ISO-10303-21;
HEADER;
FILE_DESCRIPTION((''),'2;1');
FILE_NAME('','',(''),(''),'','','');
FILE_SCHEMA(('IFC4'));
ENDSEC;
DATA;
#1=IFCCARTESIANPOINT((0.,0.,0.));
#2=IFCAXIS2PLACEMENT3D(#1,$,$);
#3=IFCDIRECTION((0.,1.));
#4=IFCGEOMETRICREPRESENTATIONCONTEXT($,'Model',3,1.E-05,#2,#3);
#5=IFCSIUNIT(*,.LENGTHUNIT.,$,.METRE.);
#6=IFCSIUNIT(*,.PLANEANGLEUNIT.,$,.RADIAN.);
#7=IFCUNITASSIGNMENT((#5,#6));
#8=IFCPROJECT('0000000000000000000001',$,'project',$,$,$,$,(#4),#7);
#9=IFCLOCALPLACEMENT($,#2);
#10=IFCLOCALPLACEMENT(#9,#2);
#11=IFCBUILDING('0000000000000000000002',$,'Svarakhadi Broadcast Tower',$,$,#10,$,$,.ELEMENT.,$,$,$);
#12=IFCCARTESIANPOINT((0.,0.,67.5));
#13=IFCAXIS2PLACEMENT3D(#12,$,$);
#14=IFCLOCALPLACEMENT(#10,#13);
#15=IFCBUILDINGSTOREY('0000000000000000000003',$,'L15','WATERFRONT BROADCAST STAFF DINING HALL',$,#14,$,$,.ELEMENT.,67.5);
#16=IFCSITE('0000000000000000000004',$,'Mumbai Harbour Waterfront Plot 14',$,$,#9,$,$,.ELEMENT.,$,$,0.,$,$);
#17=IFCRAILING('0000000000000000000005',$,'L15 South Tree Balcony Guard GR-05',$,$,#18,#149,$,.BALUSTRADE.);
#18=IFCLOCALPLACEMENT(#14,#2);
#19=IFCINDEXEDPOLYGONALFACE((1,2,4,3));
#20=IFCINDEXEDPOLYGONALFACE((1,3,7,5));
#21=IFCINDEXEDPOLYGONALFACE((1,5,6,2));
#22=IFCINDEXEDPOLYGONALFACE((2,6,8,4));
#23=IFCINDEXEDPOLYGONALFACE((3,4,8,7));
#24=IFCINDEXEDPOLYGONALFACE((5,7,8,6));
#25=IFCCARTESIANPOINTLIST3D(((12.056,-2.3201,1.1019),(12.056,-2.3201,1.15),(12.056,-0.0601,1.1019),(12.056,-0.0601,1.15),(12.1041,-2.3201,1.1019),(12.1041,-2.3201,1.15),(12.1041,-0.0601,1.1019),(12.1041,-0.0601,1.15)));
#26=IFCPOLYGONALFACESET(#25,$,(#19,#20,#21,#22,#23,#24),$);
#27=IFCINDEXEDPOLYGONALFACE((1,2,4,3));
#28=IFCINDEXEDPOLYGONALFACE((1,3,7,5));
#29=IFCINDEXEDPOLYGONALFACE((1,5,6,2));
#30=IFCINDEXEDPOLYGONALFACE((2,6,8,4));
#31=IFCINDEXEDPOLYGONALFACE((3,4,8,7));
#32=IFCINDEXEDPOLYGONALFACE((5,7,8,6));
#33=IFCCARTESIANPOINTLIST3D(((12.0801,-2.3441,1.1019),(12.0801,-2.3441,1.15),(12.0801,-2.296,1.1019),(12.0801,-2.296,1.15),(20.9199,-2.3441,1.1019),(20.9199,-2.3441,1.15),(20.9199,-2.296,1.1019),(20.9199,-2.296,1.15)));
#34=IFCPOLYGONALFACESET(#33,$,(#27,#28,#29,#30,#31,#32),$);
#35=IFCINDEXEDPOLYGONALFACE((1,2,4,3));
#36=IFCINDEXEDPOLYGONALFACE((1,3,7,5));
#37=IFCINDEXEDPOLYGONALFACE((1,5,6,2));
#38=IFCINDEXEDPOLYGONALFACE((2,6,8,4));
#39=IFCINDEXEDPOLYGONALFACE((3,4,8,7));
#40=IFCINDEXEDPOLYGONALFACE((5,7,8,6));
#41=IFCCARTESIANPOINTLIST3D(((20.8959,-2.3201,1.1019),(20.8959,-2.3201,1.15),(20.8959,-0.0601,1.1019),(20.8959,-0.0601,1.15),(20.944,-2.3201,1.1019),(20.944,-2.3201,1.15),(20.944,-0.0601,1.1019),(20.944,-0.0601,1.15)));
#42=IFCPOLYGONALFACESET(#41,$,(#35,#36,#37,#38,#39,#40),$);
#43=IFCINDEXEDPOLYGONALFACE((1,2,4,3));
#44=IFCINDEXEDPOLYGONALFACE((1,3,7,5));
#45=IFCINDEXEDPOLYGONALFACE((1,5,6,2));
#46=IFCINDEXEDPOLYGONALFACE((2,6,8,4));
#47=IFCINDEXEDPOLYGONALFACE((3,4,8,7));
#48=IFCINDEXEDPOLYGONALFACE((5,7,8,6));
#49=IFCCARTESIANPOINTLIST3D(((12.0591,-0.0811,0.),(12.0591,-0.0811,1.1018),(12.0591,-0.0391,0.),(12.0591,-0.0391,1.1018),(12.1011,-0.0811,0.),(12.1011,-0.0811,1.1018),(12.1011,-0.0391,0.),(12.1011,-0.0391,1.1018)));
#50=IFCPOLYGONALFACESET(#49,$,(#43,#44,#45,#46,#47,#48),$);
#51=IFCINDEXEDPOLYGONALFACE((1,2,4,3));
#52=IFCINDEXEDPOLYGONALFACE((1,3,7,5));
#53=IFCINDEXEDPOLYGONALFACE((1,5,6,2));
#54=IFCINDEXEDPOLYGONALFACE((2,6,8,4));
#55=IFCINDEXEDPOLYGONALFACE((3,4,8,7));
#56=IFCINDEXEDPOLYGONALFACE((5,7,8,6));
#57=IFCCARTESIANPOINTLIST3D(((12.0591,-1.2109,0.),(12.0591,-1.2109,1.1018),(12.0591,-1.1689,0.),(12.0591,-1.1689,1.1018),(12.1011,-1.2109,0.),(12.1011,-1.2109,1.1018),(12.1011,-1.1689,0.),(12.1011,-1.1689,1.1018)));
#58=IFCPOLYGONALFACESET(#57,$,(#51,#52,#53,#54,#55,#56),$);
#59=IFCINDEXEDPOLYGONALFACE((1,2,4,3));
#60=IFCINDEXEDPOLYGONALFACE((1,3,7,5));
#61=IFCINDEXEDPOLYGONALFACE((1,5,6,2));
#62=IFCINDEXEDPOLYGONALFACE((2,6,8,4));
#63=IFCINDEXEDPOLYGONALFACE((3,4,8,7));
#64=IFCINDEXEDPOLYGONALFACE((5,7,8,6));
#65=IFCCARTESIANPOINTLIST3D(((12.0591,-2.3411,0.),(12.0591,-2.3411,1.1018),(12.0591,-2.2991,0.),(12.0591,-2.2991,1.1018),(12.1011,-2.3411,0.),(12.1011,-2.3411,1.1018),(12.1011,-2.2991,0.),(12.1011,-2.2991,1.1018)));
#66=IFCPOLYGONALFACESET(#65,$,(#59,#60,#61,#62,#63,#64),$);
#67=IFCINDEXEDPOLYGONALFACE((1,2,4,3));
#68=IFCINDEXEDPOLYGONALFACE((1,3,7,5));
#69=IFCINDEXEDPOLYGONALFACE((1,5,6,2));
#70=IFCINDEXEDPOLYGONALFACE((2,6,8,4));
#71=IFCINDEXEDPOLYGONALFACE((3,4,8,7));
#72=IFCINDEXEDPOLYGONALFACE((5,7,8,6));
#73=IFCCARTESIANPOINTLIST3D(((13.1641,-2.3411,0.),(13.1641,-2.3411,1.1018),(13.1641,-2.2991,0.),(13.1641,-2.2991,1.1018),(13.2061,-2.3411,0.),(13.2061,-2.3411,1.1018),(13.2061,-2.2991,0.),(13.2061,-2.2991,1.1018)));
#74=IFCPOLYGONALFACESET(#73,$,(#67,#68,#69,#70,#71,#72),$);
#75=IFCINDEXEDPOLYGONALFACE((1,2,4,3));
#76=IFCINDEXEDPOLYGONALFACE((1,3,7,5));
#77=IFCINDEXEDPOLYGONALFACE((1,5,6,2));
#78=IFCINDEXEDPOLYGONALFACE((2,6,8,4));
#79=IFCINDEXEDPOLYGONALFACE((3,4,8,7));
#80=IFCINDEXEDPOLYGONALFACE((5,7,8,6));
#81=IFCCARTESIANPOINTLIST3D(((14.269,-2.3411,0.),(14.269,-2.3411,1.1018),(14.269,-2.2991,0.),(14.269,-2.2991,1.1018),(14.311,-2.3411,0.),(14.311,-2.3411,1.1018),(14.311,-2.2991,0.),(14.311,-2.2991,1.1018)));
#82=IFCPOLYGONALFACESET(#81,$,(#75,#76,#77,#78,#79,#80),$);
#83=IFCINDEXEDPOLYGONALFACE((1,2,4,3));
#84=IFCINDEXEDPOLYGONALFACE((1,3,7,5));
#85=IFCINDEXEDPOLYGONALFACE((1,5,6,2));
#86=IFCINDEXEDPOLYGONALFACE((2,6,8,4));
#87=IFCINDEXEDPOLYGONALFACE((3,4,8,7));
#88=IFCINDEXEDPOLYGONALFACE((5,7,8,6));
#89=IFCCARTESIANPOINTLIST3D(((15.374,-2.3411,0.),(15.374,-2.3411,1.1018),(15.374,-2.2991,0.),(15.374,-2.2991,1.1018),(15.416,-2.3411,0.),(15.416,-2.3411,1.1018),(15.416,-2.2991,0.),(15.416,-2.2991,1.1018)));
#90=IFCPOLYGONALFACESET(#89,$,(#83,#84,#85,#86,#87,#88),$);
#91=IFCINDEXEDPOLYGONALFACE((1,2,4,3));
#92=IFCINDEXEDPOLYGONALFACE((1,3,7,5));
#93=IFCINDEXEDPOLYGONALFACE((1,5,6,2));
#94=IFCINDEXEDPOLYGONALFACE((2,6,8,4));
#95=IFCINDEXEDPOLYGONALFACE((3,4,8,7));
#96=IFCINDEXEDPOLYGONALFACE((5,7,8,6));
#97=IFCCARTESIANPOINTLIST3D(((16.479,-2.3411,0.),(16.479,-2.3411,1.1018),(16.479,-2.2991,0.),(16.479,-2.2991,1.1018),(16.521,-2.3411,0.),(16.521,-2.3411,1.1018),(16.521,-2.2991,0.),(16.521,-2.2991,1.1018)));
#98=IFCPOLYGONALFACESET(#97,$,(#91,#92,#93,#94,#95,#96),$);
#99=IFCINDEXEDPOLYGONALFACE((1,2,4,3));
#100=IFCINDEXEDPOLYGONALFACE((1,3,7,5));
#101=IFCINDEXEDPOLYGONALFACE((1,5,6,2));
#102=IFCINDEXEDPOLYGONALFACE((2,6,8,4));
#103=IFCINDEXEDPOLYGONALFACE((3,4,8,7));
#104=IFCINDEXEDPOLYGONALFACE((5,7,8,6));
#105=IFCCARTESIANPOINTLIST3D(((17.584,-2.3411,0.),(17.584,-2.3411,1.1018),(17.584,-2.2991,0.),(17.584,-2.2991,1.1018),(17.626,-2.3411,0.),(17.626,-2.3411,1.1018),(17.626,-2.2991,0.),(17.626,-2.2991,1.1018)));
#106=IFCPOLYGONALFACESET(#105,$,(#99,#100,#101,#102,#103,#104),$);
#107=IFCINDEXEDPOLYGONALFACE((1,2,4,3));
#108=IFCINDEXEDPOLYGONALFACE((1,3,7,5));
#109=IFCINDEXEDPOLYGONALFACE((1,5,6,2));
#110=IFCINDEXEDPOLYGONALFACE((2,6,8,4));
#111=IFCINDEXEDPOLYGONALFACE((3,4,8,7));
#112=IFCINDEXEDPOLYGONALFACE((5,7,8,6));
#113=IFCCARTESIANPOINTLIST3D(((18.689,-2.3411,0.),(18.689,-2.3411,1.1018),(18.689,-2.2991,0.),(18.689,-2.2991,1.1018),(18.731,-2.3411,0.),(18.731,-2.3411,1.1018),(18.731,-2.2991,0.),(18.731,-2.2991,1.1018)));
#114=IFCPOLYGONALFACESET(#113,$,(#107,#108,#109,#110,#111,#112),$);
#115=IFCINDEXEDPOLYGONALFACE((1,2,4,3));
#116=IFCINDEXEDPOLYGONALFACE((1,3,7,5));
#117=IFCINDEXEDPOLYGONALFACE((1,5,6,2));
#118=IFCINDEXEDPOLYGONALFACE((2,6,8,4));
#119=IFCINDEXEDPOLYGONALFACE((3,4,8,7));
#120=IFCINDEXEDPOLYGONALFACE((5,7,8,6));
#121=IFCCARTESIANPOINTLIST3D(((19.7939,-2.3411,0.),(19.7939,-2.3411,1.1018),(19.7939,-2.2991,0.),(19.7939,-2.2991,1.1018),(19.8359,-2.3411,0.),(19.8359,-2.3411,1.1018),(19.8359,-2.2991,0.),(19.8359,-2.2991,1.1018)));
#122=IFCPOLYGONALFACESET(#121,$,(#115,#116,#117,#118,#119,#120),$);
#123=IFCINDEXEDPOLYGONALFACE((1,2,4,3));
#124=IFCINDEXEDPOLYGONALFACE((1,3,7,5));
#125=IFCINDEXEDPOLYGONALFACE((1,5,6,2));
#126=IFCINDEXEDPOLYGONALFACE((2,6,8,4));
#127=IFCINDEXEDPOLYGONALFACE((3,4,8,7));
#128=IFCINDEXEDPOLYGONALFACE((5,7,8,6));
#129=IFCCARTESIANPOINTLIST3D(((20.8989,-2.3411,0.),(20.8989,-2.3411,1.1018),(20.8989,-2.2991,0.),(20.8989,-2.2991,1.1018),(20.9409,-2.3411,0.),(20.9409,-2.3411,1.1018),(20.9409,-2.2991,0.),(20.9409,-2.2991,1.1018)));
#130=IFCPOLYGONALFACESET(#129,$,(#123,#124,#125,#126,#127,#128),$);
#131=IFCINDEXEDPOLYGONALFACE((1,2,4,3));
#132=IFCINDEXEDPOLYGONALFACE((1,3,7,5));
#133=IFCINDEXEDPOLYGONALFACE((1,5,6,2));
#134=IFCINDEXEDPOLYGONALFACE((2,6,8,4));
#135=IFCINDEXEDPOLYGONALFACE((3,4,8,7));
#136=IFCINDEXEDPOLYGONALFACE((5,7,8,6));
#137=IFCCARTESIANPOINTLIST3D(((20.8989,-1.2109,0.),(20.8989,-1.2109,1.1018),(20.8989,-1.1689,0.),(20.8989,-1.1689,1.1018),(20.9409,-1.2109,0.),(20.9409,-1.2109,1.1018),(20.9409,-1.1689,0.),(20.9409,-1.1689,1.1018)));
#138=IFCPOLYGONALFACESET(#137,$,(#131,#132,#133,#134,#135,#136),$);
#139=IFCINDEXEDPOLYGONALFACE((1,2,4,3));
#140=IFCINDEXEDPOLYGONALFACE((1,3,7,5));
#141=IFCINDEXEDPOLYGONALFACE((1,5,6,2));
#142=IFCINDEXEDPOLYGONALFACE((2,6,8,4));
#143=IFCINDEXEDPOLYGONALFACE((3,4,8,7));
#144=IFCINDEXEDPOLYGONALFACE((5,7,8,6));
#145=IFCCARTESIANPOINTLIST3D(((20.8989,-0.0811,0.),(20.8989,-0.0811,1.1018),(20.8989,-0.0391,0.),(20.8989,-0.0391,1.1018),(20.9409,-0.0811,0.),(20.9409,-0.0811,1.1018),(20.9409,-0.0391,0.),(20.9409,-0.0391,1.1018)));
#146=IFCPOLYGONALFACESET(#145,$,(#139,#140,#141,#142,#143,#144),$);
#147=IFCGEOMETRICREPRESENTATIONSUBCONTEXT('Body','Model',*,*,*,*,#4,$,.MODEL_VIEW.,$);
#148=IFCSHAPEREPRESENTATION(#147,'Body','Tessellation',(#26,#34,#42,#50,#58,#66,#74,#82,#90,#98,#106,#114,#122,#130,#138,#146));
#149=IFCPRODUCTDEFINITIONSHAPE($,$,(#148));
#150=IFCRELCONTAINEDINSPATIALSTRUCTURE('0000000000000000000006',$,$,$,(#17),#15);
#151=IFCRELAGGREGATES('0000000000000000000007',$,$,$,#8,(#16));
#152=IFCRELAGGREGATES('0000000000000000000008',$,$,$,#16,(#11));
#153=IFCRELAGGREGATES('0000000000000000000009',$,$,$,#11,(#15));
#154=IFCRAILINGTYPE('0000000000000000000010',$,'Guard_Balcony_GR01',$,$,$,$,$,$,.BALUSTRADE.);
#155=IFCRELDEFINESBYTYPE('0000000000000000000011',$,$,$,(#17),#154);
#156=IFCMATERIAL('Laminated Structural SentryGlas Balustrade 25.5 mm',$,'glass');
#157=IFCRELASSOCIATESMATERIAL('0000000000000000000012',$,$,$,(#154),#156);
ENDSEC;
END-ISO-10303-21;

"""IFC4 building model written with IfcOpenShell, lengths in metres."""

from ifc_helpers import new_model, si_unit, direction, frame, origin, origin_2d, place, context, subcontext, project, spatial, rectangle, extrude, material, type_object, element, save


model = new_model("IFC4")

# Units and contexts
model_context = context("Model", 3, precision=1e-05, world=origin(), true_north=direction((0.0, 1.0)))
body_context = subcontext(model_context, "Body", "Model", "MODEL_VIEW")
ifc_project = project(units=[si_unit("LENGTHUNIT", "METRE"), si_unit("PLANEANGLEUNIT", "RADIAN")], contexts=[model_context])

# Site, building, storey
site_placement = place(None, origin())
site = spatial("IfcSite", under=ifc_project, at=site_placement, Name="Mumbai Harbour Waterfront Plot 14", CompositionType="ELEMENT", RefElevation=0.0)
building_placement = place(site_placement, origin())
building = spatial("IfcBuilding", under=site, at=building_placement, Name="Svarakhadi Broadcast Tower", CompositionType="ELEMENT")
storey_placement = place(building_placement, frame((0.0, 0.0, 67.5)))
storey = spatial("IfcBuildingStorey", under=building, at=storey_placement, Name="L15", Description="WATERFRONT BROADCAST STAFF DINING HALL", CompositionType="ELEMENT", Elevation=67.5)

# Railing
ifc_material_1 = material(Name="Laminated Structural SentryGlas Balustrade 25.5 mm", Category="glass")
railing_type = type_object("IfcRailingType", Name="Guard_Balcony_GR01", PredefinedType="BALUSTRADE", material=ifc_material_1)
railing_placement = place(storey_placement, frame((12.0801, -0.0601, 0.0)))
element("IfcRailing", 1, at=railing_placement, inside=storey, type_object=railing_type, Name="L15 South Tree Balcony Guard GR-05", PredefinedType="BALUSTRADE", context=body_context, shape_type="SweptSolid", body=[
    extrude(rectangle(XDim=0.0481, YDim=0.0481, at=origin_2d()), frame((0.0, 0.0, 1.126), z_axis=(0.0, -1.0, 0.0), x_axis=(1.0, 0.0, 0.0)), (0.0, 0.0, 1.0), 2.26),
    extrude(rectangle(XDim=0.0481, YDim=0.0481, at=origin_2d()), frame((0.0, -2.26, 1.126), z_axis=(1.0, 0.0, 0.0), x_axis=(0.0, 1.0, 0.0)), (0.0, 0.0, 1.0), 8.8398),
    extrude(rectangle(XDim=0.0481, YDim=0.0481, at=origin_2d()), frame((8.8398, -2.26, 1.126), z_axis=(0.0, 1.0, 0.0), x_axis=(-1.0, 0.0, 0.0)), (0.0, 0.0, 1.0), 2.26),
    extrude(rectangle(XDim=0.042, YDim=0.042, at=origin_2d()), origin(), (0.0, 0.0, 1.0), 1.1018),
    extrude(rectangle(XDim=0.042, YDim=0.042, at=origin_2d()), frame((0.0, -1.1299, 0.0)), (0.0, 0.0, 1.0), 1.1018),
    extrude(rectangle(XDim=0.042, YDim=0.042, at=origin_2d()), frame((0.0, -2.26, 0.0)), (0.0, 0.0, 1.0), 1.1018),
    extrude(rectangle(XDim=0.042, YDim=0.042, at=origin_2d()), frame((1.105, -2.26, 0.0)), (0.0, 0.0, 1.0), 1.1018),
    extrude(rectangle(XDim=0.042, YDim=0.042, at=origin_2d()), frame((2.21, -2.26, 0.0)), (0.0, 0.0, 1.0), 1.1018),
    extrude(rectangle(XDim=0.042, YDim=0.042, at=origin_2d()), frame((3.3149, -2.26, 0.0)), (0.0, 0.0, 1.0), 1.1018),
    extrude(rectangle(XDim=0.042, YDim=0.042, at=origin_2d()), frame((4.4199, -2.26, 0.0)), (0.0, 0.0, 1.0), 1.1018),
    extrude(rectangle(XDim=0.042, YDim=0.042, at=origin_2d()), frame((5.5249, -2.26, 0.0)), (0.0, 0.0, 1.0), 1.1018),
    extrude(rectangle(XDim=0.042, YDim=0.042, at=origin_2d()), frame((6.6299, -2.26, 0.0)), (0.0, 0.0, 1.0), 1.1018),
    extrude(rectangle(XDim=0.042, YDim=0.042, at=origin_2d()), frame((7.7349, -2.26, 0.0)), (0.0, 0.0, 1.0), 1.1018),
    extrude(rectangle(XDim=0.042, YDim=0.042, at=origin_2d()), frame((8.8398, -2.26, 0.0)), (0.0, 0.0, 1.0), 1.1018),
    extrude(rectangle(XDim=0.042, YDim=0.042, at=origin_2d()), frame((8.8398, -1.1299, 0.0)), (0.0, 0.0, 1.0), 1.1018),
    extrude(rectangle(XDim=0.042, YDim=0.042, at=origin_2d()), frame((8.8398, 0.0, 0.0)), (0.0, 0.0, 1.0), 1.1018),
])

save(model, "model.ifc")
